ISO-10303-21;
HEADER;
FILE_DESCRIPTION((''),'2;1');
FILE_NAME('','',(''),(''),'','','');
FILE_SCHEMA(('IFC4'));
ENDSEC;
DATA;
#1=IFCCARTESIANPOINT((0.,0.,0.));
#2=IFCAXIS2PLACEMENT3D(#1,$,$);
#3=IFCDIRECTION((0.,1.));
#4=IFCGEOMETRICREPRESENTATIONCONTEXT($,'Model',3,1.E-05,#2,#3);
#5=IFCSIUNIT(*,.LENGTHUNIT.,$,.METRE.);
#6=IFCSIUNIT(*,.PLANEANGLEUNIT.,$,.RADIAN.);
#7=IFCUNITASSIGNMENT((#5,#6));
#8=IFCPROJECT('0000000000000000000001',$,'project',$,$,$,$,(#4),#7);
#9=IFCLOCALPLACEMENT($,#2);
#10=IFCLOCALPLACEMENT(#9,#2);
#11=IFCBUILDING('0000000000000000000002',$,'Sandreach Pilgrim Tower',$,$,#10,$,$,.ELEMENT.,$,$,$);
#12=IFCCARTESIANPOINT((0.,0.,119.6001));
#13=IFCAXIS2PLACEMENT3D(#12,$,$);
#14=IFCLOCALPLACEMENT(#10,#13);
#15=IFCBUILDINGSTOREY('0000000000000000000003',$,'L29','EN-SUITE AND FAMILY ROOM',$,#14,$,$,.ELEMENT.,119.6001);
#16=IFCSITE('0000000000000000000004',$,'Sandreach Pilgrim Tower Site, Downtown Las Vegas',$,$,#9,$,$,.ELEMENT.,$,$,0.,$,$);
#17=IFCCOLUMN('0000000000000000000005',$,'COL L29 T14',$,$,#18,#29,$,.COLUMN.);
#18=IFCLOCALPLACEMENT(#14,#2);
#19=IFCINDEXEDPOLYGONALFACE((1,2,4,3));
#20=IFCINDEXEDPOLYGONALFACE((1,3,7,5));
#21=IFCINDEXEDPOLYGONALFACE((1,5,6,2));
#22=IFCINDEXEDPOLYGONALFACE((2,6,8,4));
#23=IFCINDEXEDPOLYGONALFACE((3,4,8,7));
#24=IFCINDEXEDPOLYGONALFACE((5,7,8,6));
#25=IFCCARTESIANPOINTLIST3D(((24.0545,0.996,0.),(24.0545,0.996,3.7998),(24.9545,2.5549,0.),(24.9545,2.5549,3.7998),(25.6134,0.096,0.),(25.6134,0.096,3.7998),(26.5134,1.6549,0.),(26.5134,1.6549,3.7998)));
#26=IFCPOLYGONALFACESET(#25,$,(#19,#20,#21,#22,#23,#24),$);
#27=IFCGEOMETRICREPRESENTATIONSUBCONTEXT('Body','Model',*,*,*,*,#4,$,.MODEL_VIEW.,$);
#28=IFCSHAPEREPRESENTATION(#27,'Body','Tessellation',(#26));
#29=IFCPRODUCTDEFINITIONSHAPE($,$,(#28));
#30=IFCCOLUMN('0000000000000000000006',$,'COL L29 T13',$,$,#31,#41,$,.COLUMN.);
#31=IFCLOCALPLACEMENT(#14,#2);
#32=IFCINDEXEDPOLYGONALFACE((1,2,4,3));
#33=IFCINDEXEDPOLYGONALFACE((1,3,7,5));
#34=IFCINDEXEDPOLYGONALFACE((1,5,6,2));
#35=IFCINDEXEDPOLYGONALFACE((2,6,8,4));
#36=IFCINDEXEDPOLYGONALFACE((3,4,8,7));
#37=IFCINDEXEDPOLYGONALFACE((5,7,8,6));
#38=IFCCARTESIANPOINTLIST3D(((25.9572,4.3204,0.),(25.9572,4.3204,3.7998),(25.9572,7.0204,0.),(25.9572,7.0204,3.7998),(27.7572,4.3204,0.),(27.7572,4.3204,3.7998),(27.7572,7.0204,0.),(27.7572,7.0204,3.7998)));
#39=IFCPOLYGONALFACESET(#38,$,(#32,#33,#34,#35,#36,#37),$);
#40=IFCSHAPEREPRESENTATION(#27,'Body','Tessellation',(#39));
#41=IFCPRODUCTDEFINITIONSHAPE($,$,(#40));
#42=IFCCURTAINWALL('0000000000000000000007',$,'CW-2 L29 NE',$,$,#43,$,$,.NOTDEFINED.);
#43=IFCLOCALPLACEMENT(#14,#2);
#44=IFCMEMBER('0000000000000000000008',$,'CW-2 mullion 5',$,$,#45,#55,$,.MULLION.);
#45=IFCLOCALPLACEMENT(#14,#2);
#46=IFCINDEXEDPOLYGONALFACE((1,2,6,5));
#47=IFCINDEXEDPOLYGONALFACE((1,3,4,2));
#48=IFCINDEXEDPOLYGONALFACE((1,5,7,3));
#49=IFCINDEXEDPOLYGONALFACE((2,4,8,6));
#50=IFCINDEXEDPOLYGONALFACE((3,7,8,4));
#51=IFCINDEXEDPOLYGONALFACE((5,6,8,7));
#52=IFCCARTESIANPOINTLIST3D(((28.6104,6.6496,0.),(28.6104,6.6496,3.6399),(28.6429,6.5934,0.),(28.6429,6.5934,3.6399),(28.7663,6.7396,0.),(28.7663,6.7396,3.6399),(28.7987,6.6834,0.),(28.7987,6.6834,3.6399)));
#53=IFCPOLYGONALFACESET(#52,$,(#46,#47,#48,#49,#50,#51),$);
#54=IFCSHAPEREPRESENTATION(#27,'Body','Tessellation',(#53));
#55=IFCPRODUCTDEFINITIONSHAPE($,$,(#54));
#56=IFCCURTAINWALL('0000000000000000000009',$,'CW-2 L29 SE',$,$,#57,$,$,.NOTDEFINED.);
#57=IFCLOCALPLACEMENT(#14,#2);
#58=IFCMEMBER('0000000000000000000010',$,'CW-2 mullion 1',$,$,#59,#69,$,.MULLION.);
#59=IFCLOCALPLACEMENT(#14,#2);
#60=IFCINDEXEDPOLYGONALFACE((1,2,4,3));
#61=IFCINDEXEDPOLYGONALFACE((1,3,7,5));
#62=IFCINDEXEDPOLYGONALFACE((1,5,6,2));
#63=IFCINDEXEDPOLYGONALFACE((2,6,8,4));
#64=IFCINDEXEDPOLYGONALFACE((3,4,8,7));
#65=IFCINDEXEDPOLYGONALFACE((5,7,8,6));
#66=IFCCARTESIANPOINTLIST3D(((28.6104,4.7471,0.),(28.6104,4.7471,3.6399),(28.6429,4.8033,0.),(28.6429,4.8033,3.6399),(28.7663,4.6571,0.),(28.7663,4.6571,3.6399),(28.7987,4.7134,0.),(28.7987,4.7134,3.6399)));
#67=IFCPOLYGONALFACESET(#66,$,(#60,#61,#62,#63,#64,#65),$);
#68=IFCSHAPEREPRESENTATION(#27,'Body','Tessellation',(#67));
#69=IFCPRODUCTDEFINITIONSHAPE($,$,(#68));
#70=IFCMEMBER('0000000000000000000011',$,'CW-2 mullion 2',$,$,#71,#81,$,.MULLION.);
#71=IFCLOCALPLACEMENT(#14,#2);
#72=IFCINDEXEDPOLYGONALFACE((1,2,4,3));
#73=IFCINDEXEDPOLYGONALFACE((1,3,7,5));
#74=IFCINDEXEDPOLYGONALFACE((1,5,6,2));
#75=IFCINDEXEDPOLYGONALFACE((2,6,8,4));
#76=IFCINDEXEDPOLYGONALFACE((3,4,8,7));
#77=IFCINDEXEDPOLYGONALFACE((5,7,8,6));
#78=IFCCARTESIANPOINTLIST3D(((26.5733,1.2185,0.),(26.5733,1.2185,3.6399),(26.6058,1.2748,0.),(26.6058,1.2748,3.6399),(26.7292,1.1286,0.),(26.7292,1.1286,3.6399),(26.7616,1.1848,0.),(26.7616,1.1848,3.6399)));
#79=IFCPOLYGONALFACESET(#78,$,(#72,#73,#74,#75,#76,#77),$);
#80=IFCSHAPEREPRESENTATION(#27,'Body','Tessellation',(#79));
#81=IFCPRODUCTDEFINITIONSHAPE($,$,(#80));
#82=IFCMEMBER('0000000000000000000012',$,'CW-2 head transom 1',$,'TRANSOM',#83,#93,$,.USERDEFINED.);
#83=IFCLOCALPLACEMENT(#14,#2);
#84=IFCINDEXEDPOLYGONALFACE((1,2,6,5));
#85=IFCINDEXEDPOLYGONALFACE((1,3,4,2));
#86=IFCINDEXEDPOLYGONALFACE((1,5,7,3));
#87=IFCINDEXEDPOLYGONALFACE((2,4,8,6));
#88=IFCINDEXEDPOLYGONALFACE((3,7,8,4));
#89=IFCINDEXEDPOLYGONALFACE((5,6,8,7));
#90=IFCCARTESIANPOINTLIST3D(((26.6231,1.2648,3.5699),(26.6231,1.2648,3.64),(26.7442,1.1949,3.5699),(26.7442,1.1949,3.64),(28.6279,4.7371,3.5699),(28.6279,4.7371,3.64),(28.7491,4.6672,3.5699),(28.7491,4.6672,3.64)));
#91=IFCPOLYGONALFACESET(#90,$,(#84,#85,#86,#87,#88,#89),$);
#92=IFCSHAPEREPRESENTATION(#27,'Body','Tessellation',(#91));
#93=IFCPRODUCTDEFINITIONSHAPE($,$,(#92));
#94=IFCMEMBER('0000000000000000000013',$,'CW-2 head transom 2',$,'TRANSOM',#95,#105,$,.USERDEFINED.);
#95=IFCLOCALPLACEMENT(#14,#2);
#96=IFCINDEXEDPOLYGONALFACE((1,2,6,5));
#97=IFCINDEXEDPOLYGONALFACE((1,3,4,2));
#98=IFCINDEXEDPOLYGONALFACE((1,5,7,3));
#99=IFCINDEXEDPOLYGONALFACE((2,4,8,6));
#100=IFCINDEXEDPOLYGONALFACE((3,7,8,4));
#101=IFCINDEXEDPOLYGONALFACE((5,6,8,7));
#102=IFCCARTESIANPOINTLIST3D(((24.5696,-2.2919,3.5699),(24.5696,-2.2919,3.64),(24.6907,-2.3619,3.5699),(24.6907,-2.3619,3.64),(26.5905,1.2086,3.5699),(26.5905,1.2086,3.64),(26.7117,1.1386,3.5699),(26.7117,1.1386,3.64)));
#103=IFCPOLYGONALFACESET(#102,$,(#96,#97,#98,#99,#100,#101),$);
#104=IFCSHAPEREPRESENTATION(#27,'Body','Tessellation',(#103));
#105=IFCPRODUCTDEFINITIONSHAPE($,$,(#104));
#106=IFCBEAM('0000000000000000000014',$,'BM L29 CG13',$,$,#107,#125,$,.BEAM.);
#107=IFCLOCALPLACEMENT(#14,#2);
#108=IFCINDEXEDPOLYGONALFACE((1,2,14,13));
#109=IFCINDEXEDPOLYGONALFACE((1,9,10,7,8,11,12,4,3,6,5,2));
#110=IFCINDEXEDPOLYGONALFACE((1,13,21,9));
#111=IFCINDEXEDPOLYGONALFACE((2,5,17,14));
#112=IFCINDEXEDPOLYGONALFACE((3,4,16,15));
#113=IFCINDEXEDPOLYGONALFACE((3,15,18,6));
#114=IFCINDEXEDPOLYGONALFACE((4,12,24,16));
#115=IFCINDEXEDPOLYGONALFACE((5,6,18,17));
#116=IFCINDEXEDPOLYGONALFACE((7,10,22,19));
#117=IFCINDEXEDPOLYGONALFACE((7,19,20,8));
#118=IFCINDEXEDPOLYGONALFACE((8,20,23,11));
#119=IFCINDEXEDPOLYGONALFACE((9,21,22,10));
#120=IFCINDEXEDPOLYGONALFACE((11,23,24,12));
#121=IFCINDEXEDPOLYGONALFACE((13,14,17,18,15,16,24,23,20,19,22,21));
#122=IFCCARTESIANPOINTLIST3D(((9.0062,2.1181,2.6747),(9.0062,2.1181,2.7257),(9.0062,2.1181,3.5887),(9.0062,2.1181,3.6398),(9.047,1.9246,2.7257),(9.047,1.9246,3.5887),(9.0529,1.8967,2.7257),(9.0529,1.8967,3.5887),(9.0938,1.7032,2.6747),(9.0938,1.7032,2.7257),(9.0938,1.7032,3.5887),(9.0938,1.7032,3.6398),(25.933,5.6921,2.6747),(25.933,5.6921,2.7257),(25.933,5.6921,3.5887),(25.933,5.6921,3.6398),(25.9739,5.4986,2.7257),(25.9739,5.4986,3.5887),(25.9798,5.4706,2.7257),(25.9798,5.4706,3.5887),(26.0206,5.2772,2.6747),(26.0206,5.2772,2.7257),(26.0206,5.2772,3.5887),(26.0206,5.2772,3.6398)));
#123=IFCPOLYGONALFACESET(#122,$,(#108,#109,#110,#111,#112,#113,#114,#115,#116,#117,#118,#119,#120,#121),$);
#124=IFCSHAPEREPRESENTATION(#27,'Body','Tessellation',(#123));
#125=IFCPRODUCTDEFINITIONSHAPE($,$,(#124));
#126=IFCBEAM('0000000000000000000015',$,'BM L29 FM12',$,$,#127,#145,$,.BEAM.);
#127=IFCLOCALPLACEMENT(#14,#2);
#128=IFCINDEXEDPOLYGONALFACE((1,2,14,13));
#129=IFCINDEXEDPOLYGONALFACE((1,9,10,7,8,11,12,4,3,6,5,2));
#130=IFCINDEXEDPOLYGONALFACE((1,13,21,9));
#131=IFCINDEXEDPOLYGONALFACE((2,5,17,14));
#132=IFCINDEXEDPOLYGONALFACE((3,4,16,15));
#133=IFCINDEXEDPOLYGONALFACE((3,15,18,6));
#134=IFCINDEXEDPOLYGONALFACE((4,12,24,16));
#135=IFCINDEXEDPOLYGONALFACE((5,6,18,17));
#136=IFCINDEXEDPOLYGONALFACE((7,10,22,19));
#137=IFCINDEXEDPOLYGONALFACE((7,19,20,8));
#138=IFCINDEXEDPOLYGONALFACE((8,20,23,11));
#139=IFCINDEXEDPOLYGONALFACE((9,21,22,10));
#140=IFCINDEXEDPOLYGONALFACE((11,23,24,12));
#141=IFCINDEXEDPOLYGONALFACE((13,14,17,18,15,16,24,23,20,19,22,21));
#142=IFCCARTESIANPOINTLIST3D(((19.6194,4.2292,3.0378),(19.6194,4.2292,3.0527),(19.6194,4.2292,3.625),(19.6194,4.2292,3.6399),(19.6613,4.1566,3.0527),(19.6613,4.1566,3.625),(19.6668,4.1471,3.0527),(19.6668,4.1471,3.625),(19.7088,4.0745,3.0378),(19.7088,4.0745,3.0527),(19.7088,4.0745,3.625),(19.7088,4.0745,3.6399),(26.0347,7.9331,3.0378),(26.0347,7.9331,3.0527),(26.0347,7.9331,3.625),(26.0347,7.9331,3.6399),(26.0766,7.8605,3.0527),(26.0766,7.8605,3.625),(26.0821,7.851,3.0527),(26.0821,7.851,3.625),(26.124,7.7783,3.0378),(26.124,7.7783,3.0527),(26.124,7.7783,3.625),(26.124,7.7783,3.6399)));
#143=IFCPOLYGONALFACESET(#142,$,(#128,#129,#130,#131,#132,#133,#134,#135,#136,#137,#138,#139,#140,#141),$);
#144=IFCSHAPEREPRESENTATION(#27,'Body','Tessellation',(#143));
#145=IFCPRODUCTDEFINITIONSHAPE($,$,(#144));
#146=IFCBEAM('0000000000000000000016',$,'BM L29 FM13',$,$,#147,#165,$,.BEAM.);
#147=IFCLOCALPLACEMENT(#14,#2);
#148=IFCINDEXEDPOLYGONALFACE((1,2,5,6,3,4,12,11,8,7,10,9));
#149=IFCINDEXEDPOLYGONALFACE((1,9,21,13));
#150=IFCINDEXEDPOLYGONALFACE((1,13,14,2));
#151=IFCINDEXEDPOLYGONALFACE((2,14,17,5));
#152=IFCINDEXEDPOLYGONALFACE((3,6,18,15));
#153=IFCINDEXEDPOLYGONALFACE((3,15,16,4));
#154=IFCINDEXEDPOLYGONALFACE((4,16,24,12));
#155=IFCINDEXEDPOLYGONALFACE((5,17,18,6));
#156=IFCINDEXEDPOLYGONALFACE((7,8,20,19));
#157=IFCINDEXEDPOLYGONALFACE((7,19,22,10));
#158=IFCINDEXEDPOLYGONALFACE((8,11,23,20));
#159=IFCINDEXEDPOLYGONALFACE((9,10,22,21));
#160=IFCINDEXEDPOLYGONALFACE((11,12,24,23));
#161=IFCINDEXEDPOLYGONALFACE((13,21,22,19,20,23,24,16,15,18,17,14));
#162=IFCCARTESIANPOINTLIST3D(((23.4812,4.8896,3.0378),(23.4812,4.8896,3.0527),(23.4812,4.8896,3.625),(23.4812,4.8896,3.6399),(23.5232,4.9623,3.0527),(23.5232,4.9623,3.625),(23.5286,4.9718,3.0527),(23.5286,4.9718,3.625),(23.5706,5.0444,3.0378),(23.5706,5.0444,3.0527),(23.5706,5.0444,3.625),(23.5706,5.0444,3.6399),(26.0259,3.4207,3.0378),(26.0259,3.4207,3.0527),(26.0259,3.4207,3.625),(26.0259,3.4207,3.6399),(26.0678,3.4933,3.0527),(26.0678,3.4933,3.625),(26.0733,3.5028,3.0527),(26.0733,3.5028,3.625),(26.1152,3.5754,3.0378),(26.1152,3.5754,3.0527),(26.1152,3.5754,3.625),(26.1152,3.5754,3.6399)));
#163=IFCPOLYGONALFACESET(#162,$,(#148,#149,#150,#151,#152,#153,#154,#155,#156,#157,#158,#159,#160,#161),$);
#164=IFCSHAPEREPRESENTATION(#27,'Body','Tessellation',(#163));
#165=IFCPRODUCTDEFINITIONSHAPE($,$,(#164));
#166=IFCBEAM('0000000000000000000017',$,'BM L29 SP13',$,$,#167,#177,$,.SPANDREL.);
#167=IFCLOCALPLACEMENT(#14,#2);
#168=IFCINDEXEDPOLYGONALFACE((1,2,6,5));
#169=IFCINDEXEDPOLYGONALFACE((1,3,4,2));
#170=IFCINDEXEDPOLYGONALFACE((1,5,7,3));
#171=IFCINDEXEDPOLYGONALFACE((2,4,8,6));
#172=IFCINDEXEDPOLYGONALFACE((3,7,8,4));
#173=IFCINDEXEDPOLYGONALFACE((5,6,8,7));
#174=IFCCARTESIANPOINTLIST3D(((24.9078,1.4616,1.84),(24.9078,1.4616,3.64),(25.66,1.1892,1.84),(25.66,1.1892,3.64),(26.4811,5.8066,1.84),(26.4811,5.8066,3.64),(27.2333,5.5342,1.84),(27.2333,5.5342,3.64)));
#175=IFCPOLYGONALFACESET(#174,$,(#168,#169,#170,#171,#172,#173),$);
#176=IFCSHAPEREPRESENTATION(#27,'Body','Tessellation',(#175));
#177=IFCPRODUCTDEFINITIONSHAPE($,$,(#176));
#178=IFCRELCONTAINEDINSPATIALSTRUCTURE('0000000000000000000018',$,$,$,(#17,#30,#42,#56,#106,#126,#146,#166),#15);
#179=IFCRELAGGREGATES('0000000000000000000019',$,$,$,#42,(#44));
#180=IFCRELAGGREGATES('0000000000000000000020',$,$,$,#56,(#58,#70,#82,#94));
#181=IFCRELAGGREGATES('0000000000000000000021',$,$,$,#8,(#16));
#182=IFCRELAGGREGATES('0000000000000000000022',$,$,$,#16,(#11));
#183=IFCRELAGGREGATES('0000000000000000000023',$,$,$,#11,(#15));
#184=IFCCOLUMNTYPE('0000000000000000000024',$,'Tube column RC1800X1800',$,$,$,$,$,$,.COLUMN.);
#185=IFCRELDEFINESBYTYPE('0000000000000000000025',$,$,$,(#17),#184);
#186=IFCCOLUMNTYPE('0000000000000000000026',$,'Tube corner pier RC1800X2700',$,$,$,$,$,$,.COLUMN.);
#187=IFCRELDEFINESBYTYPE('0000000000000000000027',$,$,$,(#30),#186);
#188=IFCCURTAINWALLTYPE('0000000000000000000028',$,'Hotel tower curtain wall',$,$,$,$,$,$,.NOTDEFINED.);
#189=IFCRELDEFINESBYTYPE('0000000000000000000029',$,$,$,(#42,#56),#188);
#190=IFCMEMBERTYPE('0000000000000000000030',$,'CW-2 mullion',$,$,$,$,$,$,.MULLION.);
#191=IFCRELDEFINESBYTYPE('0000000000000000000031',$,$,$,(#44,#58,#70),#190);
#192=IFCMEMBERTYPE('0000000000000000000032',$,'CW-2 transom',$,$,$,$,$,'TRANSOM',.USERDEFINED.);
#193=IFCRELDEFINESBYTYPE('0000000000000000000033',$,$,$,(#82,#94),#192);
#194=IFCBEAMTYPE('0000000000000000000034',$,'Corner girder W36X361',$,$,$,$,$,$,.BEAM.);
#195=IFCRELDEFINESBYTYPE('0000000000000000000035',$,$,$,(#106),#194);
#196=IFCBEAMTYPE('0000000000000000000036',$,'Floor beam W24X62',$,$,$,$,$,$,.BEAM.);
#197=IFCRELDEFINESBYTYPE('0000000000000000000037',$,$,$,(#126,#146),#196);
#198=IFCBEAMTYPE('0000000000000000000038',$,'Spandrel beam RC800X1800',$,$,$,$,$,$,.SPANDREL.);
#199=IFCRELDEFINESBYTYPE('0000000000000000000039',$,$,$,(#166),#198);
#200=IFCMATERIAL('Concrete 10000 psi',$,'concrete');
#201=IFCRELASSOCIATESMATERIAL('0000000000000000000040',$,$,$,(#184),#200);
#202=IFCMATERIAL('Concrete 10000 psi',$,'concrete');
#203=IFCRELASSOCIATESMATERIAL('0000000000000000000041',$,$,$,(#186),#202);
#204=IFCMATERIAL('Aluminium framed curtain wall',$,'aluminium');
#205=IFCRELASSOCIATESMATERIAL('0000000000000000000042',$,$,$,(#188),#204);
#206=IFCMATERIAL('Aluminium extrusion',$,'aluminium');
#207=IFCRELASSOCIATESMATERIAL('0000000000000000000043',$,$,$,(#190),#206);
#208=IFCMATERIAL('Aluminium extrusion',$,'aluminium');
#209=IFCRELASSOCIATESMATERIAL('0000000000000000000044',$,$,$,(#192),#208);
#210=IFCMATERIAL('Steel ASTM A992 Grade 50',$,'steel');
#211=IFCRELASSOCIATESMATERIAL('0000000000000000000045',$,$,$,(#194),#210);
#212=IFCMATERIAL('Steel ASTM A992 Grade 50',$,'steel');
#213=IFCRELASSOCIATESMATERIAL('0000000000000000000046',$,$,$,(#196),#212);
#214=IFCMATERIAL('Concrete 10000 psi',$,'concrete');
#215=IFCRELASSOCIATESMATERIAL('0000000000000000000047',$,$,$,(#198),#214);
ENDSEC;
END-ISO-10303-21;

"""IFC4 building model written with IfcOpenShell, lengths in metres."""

from ifc_helpers import new_model, si_unit, direction, frame, origin, origin_2d, place, context, subcontext, project, spatial, rectangle, i_section, extrude, material, material_profile, profile_set, type_object, element, aggregate, save


model = new_model("IFC4")

# Units and contexts
model_context = context("Model", 3, precision=1e-05, world=origin(), true_north=direction((0.0, 1.0)))
body_context = subcontext(model_context, "Body", "Model", "MODEL_VIEW")
ifc_project = project(units=[si_unit("LENGTHUNIT", "METRE"), si_unit("PLANEANGLEUNIT", "RADIAN")], contexts=[model_context])

# Site, building, storey
site_placement = place(None, origin())
site = spatial("IfcSite", under=ifc_project, at=site_placement, Name="Sandreach Pilgrim Tower Site, Downtown Las Vegas", CompositionType="ELEMENT", RefElevation=0.0)
building_placement = place(site_placement, origin())
building = spatial("IfcBuilding", under=site, at=building_placement, Name="Sandreach Pilgrim Tower", CompositionType="ELEMENT")
storey_placement = place(building_placement, frame((0.0, 0.0, 119.6001)))
storey = spatial("IfcBuildingStorey", under=building, at=storey_placement, Name="L29", Description="EN-SUITE AND FAMILY ROOM", CompositionType="ELEMENT", Elevation=119.6001)

# Columns
ifc_material_1 = material(Name="Concrete 10000 psi", Category="concrete")
ifc_material_profile_1 = material_profile(ifc_material_1, rectangle(XDim=1.8, YDim=1.8, at=origin_2d()), Name="RC1800X1800")
ifc_profile_set_1 = profile_set([ifc_material_profile_1], Name="Concrete 10000 psi")
column_type_1 = type_object("IfcColumnType", Name="Tube column RC1800X1800", PredefinedType="COLUMN", material=ifc_profile_set_1)
column_1_placement = place(storey_placement, frame((25.2839, 1.3254, 0.0), z_axis=(0.0, 0.0, 1.0), x_axis=(0.866025, -0.5, 0.0)))
element("IfcColumn", 1, at=column_1_placement, inside=storey, type_object=column_type_1, Name="COL L29 T14", PredefinedType="COLUMN", context=body_context, shape_type="SweptSolid", body=[
    extrude(rectangle(XDim=1.8, YDim=1.8, at=origin_2d()), origin(), (0.0, 0.0, 1.0), 3.7998),
])
ifc_material_2 = material(Name="Concrete 10000 psi", Category="concrete")
ifc_material_profile_2 = material_profile(ifc_material_2, rectangle(XDim=1.8, YDim=2.7, at=origin_2d()), Name="RC1800X2700")
ifc_profile_set_2 = profile_set([ifc_material_profile_2], Name="Concrete 10000 psi")
column_type_2 = type_object("IfcColumnType", Name="Tube corner pier RC1800X2700", PredefinedType="COLUMN", material=ifc_profile_set_2)
column_2_placement = place(storey_placement, frame((26.8572, 5.6704, 0.0), z_axis=(0.0, 0.0, 1.0), x_axis=(1.0, 0.0, 0.0)))
element("IfcColumn", 2, at=column_2_placement, inside=storey, type_object=column_type_2, Name="COL L29 T13", PredefinedType="COLUMN", context=body_context, shape_type="SweptSolid", body=[
    extrude(rectangle(XDim=1.8, YDim=2.7, at=origin_2d()), origin(), (0.0, 0.0, 1.0), 3.7998),
])

# Curtain wall, member
ifc_material_3 = material(Name="Aluminium framed curtain wall", Category="aluminium")
curtain_wall_type = type_object("IfcCurtainWallType", Name="Hotel tower curtain wall", PredefinedType="NOTDEFINED", material=ifc_material_3)
curtain_wall_1_placement = place(storey_placement, origin())
curtain_wall_1 = element("IfcCurtainWall", 3, at=curtain_wall_1_placement, inside=storey, type_object=curtain_wall_type, Name="CW-2 L29 NE", PredefinedType="NOTDEFINED")
ifc_material_4 = material(Name="Aluminium extrusion", Category="aluminium")
ifc_material_profile_3 = material_profile(ifc_material_4, rectangle(XDim=0.0649, YDim=0.1799, at=origin_2d()), Name="CW-2M 65X180")
ifc_profile_set_3 = profile_set([ifc_material_profile_3], Name="Aluminium extrusion")
member_type_1 = type_object("IfcMemberType", Name="CW-2 mullion", PredefinedType="MULLION", material=ifc_profile_set_3)
member_1_placement = place(storey_placement, frame((28.7046, 6.6665, 0.0), z_axis=(0.0, 0.0, 1.0), x_axis=(0.5, -0.866025, 0.0)))
member_1 = element("IfcMember", 4, at=member_1_placement, type_object=member_type_1, Name="CW-2 mullion 5", PredefinedType="MULLION", context=body_context, shape_type="SweptSolid", body=[
    extrude(rectangle(XDim=0.0649, YDim=0.1799, at=origin_2d()), origin(), (0.0, 0.0, 1.0), 3.6399),
])
aggregate(curtain_wall_1, [member_1])

# Curtain wall, members
curtain_wall_2_placement = place(storey_placement, origin())
curtain_wall_2 = element("IfcCurtainWall", 5, at=curtain_wall_2_placement, inside=storey, type_object=curtain_wall_type, Name="CW-2 L29 SE", PredefinedType="NOTDEFINED")
member_2_placement = place(storey_placement, frame((28.7046, 4.7302, 0.0), z_axis=(0.0, 0.0, 1.0), x_axis=(-0.5, -0.866025, 0.0)))
member_2 = element("IfcMember", 6, at=member_2_placement, type_object=member_type_1, Name="CW-2 mullion 1", PredefinedType="MULLION", context=body_context, shape_type="SweptSolid", body=[
    extrude(rectangle(XDim=0.0649, YDim=0.1799, at=origin_2d()), origin(), (0.0, 0.0, 1.0), 3.6399),
])
member_3_placement = place(storey_placement, frame((26.6675, 1.2017, 0.0), z_axis=(0.0, 0.0, 1.0), x_axis=(-0.5, -0.866025, 0.0)))
member_3 = element("IfcMember", 7, at=member_3_placement, type_object=member_type_1, Name="CW-2 mullion 2", PredefinedType="MULLION", context=body_context, shape_type="SweptSolid", body=[
    extrude(rectangle(XDim=0.0649, YDim=0.1799, at=origin_2d()), origin(), (0.0, 0.0, 1.0), 3.6399),
])
ifc_material_5 = material(Name="Aluminium extrusion", Category="aluminium")
ifc_material_profile_4 = material_profile(ifc_material_5, rectangle(XDim=0.1399, YDim=0.0701, at=origin_2d()), Name="CW-2T 140X70")
ifc_profile_set_4 = profile_set([ifc_material_profile_4], Name="Aluminium extrusion")
member_type_2 = type_object("IfcMemberType", Name="CW-2 transom", ElementType="TRANSOM", PredefinedType="USERDEFINED", material=ifc_profile_set_4)
member_4_placement = place(storey_placement, frame((28.6885, 4.7021, 3.605), z_axis=(-0.500016, -0.866016, 0.0), x_axis=(0.866016, -0.500016, 0.0)))
member_4 = element("IfcMember", 8, at=member_4_placement, type_object=member_type_2, Name="CW-2 head transom 1", ObjectType="TRANSOM", PredefinedType="USERDEFINED", context=body_context, shape_type="SweptSolid", body=[
    extrude(rectangle(XDim=0.1399, YDim=0.0701, at=origin_2d()), origin(), (0.0, 0.0, 1.0), 4.0095),
])
member_5_placement = place(storey_placement, frame((26.6511, 1.1736, 3.605), z_axis=(-0.499998, -0.866027, 0.0), x_axis=(0.866027, -0.499998, 0.0)))
member_5 = element("IfcMember", 9, at=member_5_placement, type_object=member_type_2, Name="CW-2 head transom 2", ObjectType="TRANSOM", PredefinedType="USERDEFINED", context=body_context, shape_type="SweptSolid", body=[
    extrude(rectangle(XDim=0.1399, YDim=0.0701, at=origin_2d()), origin(), (0.0, 0.0, 1.0), 4.042),
])

# Beams
ifc_material_6 = material(Name="Steel ASTM A992 Grade 50", Category="steel")
ifc_material_profile_5 = material_profile(ifc_material_6, i_section(OverallWidth=0.4241, OverallDepth=0.9651, WebThickness=0.0286, FlangeThickness=0.051, at=origin_2d()), Name="W36X361")
ifc_profile_set_5 = profile_set([ifc_material_profile_5], Name="Steel ASTM A992 Grade 50")
beam_type_1 = type_object("IfcBeamType", Name="Corner girder W36X361", PredefinedType="BEAM", material=ifc_profile_set_5)
beam_1_placement = place(storey_placement, frame((25.9768, 5.4846, 3.1572), z_axis=(-0.978428, -0.206589, 0.0), x_axis=(0.206589, -0.978428, 0.0)))
element("IfcBeam", 10, at=beam_1_placement, inside=storey, type_object=beam_type_1, Name="BM L29 CG13", PredefinedType="BEAM", context=body_context, shape_type="SweptSolid", body=[
    extrude(i_section(OverallWidth=0.4241, OverallDepth=0.9651, WebThickness=0.0286, FlangeThickness=0.051, at=origin_2d()), origin(), (0.0, 0.0, 1.0), 17.3),
])
ifc_material_7 = material(Name="Steel ASTM A992 Grade 50", Category="steel")
ifc_material_profile_6 = material_profile(ifc_material_7, i_section(OverallWidth=0.1787, OverallDepth=0.6021, WebThickness=0.011, FlangeThickness=0.0149, at=origin_2d()), Name="W24X62")
ifc_profile_set_6 = profile_set([ifc_material_profile_6], Name="Steel ASTM A992 Grade 50")
beam_type_2 = type_object("IfcBeamType", Name="Floor beam W24X62", PredefinedType="BEAM", material=ifc_profile_set_6)
beam_2_placement = place(storey_placement, frame((26.0793, 7.8557, 3.3389), z_axis=(-0.866026, -0.499999, 0.0), x_axis=(0.499999, -0.866026, 0.0)))
element("IfcBeam", 11, at=beam_2_placement, inside=storey, type_object=beam_type_2, Name="BM L29 FM12", PredefinedType="BEAM", context=body_context, shape_type="SweptSolid", body=[
    extrude(i_section(OverallWidth=0.1787, OverallDepth=0.6021, WebThickness=0.011, FlangeThickness=0.0149, at=origin_2d()), origin(), (0.0, 0.0, 1.0), 7.4077),
])
beam_3_placement = place(storey_placement, frame((26.0706, 3.498, 3.3389), z_axis=(-0.866051, 0.499955, 0.0), x_axis=(-0.499955, -0.866051, 0.0)))
element("IfcBeam", 12, at=beam_3_placement, inside=storey, type_object=beam_type_2, Name="BM L29 FM13", PredefinedType="BEAM", context=body_context, shape_type="SweptSolid", body=[
    extrude(i_section(OverallWidth=0.1787, OverallDepth=0.6021, WebThickness=0.011, FlangeThickness=0.0149, at=origin_2d()), origin(), (0.0, 0.0, 1.0), 2.9382),
])
ifc_material_8 = material(Name="Concrete 10000 psi", Category="concrete")
ifc_material_profile_7 = material_profile(ifc_material_8, rectangle(XDim=0.8, YDim=1.8, at=origin_2d()), Name="RC800X1800")
ifc_profile_set_7 = profile_set([ifc_material_profile_7], Name="Concrete 10000 psi")
beam_type_3 = type_object("IfcBeamType", Name="Spandrel beam RC800X1800", PredefinedType="SPANDREL", material=ifc_profile_set_7)
beam_4_placement = place(storey_placement, frame((26.8572, 5.6704, 2.74), z_axis=(-0.340453, -0.940261, 0.0), x_axis=(0.940261, -0.340453, 0.0)))
element("IfcBeam", 13, at=beam_4_placement, inside=storey, type_object=beam_type_3, Name="BM L29 SP13", PredefinedType="SPANDREL", context=body_context, shape_type="SweptSolid", body=[
    extrude(rectangle(XDim=0.8, YDim=1.8, at=origin_2d()), origin(), (0.0, 0.0, 1.0), 4.6211),
])

aggregate(curtain_wall_2, [member_2, member_3, member_4, member_5])

save(model, "model.ifc")
